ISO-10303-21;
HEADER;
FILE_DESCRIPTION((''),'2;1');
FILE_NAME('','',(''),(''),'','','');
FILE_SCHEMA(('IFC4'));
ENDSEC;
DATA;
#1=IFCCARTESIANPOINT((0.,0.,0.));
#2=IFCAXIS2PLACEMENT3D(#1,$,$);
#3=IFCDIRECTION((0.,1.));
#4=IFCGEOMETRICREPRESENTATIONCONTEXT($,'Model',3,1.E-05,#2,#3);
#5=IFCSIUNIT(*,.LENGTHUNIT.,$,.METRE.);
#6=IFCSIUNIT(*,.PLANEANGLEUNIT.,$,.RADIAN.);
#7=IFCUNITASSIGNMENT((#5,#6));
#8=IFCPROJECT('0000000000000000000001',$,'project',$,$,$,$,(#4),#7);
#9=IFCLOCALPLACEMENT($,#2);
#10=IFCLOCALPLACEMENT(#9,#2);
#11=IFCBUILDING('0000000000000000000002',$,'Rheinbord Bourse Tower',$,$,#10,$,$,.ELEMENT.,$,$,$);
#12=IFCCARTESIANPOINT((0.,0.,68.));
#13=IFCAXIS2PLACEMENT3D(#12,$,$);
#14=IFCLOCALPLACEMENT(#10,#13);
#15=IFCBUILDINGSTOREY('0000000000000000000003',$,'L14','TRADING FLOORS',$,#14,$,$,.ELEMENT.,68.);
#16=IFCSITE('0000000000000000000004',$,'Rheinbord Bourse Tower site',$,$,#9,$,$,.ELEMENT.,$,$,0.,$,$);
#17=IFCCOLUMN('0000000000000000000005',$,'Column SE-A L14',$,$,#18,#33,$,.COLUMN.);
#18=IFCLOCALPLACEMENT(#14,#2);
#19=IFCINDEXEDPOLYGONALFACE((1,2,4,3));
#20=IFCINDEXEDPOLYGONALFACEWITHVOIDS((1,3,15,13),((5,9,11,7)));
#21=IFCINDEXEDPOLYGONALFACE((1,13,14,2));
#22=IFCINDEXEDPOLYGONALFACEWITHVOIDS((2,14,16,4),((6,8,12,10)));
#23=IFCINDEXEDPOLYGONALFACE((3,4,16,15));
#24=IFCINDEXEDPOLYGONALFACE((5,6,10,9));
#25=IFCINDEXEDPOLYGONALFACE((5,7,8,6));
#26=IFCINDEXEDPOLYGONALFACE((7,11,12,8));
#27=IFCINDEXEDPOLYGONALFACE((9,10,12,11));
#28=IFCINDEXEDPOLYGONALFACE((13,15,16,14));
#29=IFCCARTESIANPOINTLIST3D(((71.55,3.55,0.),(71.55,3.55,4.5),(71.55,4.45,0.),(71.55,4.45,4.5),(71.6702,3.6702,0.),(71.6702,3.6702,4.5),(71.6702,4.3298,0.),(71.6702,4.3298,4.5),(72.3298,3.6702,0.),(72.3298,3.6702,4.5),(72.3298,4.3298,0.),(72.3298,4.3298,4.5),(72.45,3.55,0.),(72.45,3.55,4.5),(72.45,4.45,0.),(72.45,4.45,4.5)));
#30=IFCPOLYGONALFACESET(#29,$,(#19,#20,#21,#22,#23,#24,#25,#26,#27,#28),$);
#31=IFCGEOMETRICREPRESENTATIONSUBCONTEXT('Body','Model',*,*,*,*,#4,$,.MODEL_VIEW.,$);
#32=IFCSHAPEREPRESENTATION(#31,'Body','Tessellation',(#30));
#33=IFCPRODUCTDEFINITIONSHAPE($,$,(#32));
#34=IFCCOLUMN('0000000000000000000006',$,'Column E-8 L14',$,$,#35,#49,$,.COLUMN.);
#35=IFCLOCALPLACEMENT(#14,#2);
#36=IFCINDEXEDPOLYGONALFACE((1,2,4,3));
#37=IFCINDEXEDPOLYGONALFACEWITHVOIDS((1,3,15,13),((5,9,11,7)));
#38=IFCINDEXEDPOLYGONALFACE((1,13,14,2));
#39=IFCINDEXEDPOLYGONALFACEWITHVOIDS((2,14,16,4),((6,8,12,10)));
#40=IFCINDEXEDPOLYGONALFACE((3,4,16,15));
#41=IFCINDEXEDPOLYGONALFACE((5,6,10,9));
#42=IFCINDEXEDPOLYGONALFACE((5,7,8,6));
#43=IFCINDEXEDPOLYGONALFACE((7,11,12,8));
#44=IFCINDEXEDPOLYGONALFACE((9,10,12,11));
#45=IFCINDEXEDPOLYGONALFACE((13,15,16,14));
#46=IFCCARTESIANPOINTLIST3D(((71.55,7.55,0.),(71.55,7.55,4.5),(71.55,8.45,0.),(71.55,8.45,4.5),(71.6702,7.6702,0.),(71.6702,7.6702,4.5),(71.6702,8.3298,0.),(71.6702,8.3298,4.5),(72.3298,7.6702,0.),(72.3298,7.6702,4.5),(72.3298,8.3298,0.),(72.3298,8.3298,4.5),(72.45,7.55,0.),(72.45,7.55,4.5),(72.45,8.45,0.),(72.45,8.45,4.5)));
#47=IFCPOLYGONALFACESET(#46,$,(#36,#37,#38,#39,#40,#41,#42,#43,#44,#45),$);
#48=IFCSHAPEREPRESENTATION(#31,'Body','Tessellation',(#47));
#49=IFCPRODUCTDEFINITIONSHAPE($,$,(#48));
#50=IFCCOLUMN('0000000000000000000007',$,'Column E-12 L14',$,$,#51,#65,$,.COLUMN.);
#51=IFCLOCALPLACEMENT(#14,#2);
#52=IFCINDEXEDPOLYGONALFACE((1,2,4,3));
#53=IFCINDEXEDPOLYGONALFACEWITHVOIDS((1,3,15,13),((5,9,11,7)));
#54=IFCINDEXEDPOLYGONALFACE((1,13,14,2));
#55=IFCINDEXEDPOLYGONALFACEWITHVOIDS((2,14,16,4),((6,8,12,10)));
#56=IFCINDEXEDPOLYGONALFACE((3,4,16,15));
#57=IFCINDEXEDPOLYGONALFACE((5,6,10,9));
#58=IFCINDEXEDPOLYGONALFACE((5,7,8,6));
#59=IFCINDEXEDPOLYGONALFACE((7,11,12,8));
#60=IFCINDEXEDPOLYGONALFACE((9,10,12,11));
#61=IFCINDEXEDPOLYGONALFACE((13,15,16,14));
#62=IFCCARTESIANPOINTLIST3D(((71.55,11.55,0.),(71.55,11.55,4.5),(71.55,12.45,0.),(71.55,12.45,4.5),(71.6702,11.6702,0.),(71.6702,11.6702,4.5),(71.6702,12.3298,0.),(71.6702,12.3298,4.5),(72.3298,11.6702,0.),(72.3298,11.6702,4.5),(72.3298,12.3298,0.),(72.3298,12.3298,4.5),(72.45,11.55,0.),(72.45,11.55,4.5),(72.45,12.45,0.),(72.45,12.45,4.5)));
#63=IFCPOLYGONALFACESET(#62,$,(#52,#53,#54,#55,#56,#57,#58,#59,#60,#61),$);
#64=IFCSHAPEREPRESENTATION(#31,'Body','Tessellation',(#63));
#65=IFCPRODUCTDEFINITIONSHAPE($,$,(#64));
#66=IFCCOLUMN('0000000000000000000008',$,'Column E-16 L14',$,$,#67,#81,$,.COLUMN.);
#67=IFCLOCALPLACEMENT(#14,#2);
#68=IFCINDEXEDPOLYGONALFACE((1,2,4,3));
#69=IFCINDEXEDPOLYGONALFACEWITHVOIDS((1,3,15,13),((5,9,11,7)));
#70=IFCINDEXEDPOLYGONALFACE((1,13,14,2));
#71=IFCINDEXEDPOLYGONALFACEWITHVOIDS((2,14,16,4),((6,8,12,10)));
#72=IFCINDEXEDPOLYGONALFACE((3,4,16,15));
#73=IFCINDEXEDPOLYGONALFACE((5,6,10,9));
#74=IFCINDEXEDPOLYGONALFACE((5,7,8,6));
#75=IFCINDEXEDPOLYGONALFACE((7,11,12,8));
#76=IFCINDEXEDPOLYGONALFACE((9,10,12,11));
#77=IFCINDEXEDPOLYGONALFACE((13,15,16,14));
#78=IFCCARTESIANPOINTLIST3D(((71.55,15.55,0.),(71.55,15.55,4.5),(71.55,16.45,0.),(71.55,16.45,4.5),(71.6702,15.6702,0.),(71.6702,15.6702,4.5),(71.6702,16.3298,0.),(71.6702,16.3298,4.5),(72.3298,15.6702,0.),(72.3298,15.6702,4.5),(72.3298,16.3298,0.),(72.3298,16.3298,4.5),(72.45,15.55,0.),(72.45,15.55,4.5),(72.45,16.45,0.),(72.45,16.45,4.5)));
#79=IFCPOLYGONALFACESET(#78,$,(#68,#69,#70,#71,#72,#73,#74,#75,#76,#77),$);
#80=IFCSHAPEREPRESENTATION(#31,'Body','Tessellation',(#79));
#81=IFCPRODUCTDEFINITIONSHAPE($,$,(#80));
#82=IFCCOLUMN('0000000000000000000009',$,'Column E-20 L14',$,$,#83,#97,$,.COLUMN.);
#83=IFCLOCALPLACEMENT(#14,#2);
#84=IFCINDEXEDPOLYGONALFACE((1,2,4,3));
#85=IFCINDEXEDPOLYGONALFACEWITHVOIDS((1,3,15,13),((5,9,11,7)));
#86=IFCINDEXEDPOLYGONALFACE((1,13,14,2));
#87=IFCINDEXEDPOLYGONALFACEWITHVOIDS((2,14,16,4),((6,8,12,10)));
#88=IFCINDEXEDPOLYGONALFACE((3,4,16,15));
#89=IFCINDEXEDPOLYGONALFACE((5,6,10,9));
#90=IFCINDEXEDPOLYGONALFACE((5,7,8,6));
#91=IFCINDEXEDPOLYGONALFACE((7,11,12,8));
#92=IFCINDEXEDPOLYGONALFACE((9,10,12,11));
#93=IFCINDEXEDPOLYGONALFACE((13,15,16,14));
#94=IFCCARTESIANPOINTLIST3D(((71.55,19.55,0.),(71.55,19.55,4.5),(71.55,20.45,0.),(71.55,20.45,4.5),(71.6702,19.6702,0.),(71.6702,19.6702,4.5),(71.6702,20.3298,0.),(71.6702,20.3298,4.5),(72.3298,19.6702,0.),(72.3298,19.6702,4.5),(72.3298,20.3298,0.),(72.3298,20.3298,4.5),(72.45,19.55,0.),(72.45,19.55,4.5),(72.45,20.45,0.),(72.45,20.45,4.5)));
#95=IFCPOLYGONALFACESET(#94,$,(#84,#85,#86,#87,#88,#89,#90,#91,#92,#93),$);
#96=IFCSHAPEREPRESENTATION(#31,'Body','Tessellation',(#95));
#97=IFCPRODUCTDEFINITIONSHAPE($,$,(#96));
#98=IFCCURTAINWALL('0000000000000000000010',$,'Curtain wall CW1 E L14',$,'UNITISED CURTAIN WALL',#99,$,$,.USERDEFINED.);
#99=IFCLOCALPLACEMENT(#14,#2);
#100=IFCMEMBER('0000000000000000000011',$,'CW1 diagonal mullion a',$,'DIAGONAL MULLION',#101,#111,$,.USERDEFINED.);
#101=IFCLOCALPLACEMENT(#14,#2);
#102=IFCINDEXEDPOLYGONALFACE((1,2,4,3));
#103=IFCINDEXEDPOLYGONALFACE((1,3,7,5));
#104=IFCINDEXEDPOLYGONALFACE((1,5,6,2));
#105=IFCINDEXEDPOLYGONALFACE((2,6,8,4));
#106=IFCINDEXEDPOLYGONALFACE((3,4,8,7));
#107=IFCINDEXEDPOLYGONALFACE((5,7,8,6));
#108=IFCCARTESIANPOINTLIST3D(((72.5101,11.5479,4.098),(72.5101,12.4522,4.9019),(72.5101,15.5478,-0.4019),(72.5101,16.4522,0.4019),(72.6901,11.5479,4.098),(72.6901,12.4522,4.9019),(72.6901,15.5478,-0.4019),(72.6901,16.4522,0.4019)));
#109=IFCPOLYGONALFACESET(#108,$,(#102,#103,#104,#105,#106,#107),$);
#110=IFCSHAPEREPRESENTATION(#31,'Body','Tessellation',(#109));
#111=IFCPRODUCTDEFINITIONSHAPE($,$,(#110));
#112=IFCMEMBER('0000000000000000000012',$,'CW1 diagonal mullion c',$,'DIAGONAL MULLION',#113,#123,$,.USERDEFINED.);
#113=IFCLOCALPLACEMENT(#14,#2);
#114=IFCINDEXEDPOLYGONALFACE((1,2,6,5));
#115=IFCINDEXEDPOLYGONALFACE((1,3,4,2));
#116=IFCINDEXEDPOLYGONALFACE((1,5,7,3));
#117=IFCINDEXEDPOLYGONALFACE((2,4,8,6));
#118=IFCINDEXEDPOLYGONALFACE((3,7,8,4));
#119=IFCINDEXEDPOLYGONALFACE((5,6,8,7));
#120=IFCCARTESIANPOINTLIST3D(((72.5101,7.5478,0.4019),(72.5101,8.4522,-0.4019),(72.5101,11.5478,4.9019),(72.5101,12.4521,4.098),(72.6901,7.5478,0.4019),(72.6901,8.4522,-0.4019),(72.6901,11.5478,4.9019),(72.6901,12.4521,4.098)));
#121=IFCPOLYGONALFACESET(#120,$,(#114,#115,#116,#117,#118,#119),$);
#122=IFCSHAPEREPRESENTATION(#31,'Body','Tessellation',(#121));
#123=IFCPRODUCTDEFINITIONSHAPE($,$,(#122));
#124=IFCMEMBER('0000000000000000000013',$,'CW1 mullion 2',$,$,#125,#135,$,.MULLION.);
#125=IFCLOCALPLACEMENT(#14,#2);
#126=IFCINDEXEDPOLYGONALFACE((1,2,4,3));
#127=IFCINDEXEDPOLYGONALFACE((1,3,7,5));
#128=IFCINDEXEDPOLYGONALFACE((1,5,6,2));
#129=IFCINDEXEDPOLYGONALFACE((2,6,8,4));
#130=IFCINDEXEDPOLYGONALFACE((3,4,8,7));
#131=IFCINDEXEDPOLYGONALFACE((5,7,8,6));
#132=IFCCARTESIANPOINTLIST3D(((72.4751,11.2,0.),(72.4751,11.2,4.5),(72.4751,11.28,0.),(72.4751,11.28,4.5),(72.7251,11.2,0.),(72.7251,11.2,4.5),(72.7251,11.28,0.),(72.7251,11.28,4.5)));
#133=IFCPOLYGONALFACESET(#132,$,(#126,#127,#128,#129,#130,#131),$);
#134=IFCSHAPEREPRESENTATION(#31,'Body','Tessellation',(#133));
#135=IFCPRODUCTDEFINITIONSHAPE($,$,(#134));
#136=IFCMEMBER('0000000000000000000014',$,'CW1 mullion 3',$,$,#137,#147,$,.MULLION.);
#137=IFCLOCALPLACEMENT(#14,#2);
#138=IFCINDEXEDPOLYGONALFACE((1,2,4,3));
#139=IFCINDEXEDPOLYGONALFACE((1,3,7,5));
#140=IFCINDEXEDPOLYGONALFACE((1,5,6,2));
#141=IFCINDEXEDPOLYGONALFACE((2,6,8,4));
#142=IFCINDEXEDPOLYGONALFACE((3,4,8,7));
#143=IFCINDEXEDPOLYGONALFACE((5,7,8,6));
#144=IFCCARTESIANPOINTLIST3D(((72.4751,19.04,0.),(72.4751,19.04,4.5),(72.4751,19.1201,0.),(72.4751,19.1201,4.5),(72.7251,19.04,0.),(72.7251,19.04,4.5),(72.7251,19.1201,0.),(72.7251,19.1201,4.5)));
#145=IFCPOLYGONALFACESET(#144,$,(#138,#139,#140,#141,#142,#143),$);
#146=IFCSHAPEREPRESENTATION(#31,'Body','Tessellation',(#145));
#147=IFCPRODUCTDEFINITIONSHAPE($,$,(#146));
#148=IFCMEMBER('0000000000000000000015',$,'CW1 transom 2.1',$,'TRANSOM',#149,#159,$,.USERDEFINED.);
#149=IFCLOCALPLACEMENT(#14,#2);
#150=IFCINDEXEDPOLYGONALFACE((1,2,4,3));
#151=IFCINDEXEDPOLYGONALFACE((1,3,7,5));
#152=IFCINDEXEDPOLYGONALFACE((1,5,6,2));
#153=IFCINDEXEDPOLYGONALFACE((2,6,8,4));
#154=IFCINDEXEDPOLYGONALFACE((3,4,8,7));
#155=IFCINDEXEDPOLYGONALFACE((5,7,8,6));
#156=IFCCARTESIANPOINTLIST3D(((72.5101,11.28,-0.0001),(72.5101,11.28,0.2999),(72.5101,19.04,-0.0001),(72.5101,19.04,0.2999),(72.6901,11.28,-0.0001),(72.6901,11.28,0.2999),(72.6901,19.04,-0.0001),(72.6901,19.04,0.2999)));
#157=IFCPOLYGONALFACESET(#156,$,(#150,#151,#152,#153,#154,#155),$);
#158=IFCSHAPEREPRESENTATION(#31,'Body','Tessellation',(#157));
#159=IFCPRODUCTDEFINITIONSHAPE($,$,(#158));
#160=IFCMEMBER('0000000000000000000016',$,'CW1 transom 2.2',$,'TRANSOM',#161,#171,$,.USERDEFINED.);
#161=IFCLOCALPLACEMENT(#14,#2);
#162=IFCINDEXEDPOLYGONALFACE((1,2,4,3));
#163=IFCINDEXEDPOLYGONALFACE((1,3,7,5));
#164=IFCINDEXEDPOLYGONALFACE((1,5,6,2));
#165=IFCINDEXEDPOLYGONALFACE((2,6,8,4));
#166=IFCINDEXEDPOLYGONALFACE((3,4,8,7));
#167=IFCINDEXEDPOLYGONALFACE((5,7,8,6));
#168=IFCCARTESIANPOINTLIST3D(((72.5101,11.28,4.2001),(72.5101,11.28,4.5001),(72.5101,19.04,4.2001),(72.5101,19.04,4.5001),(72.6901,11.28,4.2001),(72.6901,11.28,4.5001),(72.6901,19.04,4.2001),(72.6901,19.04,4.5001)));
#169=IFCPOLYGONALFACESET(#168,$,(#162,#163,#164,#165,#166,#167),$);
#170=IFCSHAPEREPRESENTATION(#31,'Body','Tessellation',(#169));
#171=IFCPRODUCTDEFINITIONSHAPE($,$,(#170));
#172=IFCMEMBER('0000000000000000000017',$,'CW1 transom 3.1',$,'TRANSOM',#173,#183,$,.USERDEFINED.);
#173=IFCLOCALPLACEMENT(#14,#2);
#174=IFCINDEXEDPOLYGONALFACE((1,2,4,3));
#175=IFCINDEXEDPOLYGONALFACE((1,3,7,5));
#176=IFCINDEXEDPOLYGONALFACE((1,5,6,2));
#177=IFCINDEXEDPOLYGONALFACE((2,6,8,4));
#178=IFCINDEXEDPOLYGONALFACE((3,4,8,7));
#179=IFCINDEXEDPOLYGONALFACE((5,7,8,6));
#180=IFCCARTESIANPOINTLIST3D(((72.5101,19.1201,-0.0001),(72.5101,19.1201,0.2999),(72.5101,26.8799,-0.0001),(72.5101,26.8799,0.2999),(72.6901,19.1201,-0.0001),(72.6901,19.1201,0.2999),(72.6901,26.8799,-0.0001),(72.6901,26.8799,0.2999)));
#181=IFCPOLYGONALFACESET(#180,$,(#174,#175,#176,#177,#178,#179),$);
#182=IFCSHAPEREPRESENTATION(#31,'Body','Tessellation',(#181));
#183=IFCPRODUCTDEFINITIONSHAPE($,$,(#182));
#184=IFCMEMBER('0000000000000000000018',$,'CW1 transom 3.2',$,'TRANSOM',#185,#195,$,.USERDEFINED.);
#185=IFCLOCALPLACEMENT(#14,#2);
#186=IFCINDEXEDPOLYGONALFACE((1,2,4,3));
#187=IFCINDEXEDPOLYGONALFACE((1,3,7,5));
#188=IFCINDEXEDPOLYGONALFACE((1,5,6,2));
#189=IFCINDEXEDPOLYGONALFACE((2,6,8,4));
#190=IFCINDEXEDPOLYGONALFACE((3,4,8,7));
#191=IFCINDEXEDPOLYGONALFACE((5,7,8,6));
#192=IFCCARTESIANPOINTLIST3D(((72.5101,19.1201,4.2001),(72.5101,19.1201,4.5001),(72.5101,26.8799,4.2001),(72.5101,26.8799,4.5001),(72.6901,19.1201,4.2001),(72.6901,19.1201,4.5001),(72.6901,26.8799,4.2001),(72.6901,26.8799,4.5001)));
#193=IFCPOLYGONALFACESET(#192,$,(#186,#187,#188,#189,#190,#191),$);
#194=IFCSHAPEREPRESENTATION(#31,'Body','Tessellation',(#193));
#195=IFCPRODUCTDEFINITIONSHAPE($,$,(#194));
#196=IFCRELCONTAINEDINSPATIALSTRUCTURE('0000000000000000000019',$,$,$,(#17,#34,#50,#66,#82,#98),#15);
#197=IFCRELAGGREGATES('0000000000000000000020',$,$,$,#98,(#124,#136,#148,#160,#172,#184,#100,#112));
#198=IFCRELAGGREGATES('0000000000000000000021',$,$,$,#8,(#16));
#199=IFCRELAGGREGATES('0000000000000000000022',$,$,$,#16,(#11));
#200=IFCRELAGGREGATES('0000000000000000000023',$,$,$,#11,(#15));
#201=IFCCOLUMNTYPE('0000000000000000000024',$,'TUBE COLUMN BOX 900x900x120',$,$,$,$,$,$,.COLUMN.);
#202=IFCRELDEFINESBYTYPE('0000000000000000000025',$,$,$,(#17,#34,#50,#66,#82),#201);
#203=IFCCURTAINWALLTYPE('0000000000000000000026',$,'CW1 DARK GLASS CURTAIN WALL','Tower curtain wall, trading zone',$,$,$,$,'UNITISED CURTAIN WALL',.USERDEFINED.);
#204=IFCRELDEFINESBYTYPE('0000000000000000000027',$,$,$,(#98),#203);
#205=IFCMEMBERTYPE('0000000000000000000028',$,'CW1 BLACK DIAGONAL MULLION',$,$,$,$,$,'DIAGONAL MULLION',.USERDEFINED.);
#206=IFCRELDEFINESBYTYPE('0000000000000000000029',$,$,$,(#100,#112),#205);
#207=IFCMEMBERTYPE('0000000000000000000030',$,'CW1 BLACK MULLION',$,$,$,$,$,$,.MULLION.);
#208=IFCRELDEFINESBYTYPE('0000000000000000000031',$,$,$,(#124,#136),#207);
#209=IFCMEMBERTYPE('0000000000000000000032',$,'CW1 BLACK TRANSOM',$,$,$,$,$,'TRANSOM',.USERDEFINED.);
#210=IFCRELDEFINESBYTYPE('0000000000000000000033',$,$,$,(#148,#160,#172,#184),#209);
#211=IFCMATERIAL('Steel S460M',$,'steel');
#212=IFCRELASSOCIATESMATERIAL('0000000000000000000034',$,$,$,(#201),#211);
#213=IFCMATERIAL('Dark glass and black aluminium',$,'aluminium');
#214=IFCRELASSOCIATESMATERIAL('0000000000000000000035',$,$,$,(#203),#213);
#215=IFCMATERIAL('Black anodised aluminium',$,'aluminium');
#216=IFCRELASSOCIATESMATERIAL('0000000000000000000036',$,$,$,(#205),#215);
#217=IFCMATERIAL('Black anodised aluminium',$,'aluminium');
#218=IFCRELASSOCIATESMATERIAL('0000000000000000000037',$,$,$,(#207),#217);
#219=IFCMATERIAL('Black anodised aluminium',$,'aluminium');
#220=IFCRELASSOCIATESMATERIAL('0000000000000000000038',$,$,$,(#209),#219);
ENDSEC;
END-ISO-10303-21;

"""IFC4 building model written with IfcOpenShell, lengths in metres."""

from ifc_helpers import new_model, si_unit, direction, frame, origin, origin_2d, place, context, subcontext, project, spatial, rectangle, hollow_rectangle, extrude, material, material_profile, profile_set, type_object, element, aggregate, save


model = new_model("IFC4")

# Units and contexts
model_context = context("Model", 3, precision=1e-05, world=origin(), true_north=direction((0.0, 1.0)))
body_context = subcontext(model_context, "Body", "Model", "MODEL_VIEW")
ifc_project = project(units=[si_unit("LENGTHUNIT", "METRE"), si_unit("PLANEANGLEUNIT", "RADIAN")], contexts=[model_context])

# Site, building, storey
site_placement = place(None, origin())
site = spatial("IfcSite", under=ifc_project, at=site_placement, Name="Rheinbord Bourse Tower site", CompositionType="ELEMENT", RefElevation=0.0)
building_placement = place(site_placement, origin())
building = spatial("IfcBuilding", under=site, at=building_placement, Name="Rheinbord Bourse Tower", CompositionType="ELEMENT")
storey_placement = place(building_placement, frame((0.0, 0.0, 68.0)))
storey = spatial("IfcBuildingStorey", under=building, at=storey_placement, Name="L14", Description="TRADING FLOORS", CompositionType="ELEMENT", Elevation=68.0)

# Columns
ifc_material_1 = material(Name="Steel S460M", Category="steel")
ifc_material_profile_1 = material_profile(ifc_material_1, hollow_rectangle(XDim=0.8999, YDim=0.8999, WallThickness=0.1201, at=origin_2d()), Name="BOX 900x900x120")
ifc_profile_set_1 = profile_set([ifc_material_profile_1], Name="Steel S460M")
column_type = type_object("IfcColumnType", Name="TUBE COLUMN BOX 900x900x120", PredefinedType="COLUMN", material=ifc_profile_set_1)
for number, where, z_axis, x_axis, name in (
    (1, (72.0, 4.0, 0.0), (0.0, 0.0, 1.0), (1.0, 0.0, 0.0), "Column SE-A L14"),
    (2, (72.0, 8.0, 0.0), (0.0, 0.0, 1.0), (1.0, 0.0, 0.0), "Column E-8 L14"),
    (3, (72.0, 12.0, 0.0), (0.0, 0.0, 1.0), (1.0, 0.0, 0.0), "Column E-12 L14"),
    (4, (72.0, 16.0, 0.0), (0.0, 0.0, 1.0), (1.0, 0.0, 0.0), "Column E-16 L14"),
    (5, (72.0, 20.0, 0.0), (0.0, 0.0, 1.0), (1.0, 0.0, 0.0), "Column E-20 L14"),
):
    element("IfcColumn", number, at=place(storey_placement, frame(where, z_axis=z_axis, x_axis=x_axis)), inside=storey, type_object=column_type, Name=name, PredefinedType="COLUMN", context=body_context, shape_type="SweptSolid", body=[
        extrude(hollow_rectangle(XDim=0.8999, YDim=0.8999, WallThickness=0.1201, at=origin_2d()), origin(), (0.0, 0.0, 1.0), 4.5),
    ])

# Curtain wall, members
ifc_material_2 = material(Name="Dark glass and black aluminium", Category="aluminium")
curtain_wall_type = type_object("IfcCurtainWallType", Name="CW1 DARK GLASS CURTAIN WALL", Description="Tower curtain wall, trading zone", ElementType="UNITISED CURTAIN WALL", PredefinedType="USERDEFINED", material=ifc_material_2)
curtain_wall_placement = place(storey_placement, origin())
curtain_wall = element("IfcCurtainWall", 6, at=curtain_wall_placement, inside=storey, type_object=curtain_wall_type, Name="Curtain wall CW1 E L14", ObjectType="UNITISED CURTAIN WALL", PredefinedType="USERDEFINED")
ifc_material_3 = material(Name="Black anodised aluminium", Category="aluminium")
ifc_material_profile_2 = material_profile(ifc_material_3, rectangle(XDim=0.1799, YDim=1.21, at=origin_2d()), Name="CW1 DIAGONAL MULLION 1210x180")
ifc_profile_set_2 = profile_set([ifc_material_profile_2], Name="Black anodised aluminium")
member_type_1 = type_object("IfcMemberType", Name="CW1 BLACK DIAGONAL MULLION", ElementType="DIAGONAL MULLION", PredefinedType="USERDEFINED", material=ifc_profile_set_2)
member_1_placement = place(storey_placement, frame((72.6001, 16.0, 0.0), z_axis=(0.0, -0.664364, 0.747409), x_axis=(1.0, 0.0, 0.0)))
member_1 = element("IfcMember", 7, at=member_1_placement, type_object=member_type_1, Name="CW1 diagonal mullion a", ObjectType="DIAGONAL MULLION", PredefinedType="USERDEFINED", context=body_context, shape_type="SweptSolid", body=[
    extrude(rectangle(XDim=0.1799, YDim=1.21, at=origin_2d()), origin(), (0.0, 0.0, 1.0), 6.0208),
])
member_2_placement = place(storey_placement, frame((72.6001, 8.0, 0.0), z_axis=(0.0, 0.664364, 0.747409), x_axis=(-1.0, 0.0, 0.0)))
member_2 = element("IfcMember", 8, at=member_2_placement, type_object=member_type_1, Name="CW1 diagonal mullion c", ObjectType="DIAGONAL MULLION", PredefinedType="USERDEFINED", context=body_context, shape_type="SweptSolid", body=[
    extrude(rectangle(XDim=0.1799, YDim=1.21, at=origin_2d()), origin(), (0.0, 0.0, 1.0), 6.0208),
])
ifc_material_4 = material(Name="Black anodised aluminium", Category="aluminium")
ifc_material_profile_3 = material_profile(ifc_material_4, rectangle(XDim=0.25, YDim=0.0801, at=origin_2d()), Name="CW1 MULLION 80x250")
ifc_profile_set_3 = profile_set([ifc_material_profile_3], Name="Black anodised aluminium")
member_type_2 = type_object("IfcMemberType", Name="CW1 BLACK MULLION", PredefinedType="MULLION", material=ifc_profile_set_3)
member_3_placement = place(storey_placement, frame((72.6001, 11.24, 0.0), z_axis=(0.0, 0.0, 1.0), x_axis=(-1.0, 0.0, 0.0)))
member_3 = element("IfcMember", 9, at=member_3_placement, type_object=member_type_2, Name="CW1 mullion 2", PredefinedType="MULLION", context=body_context, shape_type="SweptSolid", body=[
    extrude(rectangle(XDim=0.25, YDim=0.0801, at=origin_2d()), origin(), (0.0, 0.0, 1.0), 4.5),
])
member_4_placement = place(storey_placement, frame((72.6001, 19.0801, 0.0), z_axis=(0.0, 0.0, 1.0), x_axis=(-1.0, 0.0, 0.0)))
member_4 = element("IfcMember", 10, at=member_4_placement, type_object=member_type_2, Name="CW1 mullion 3", PredefinedType="MULLION", context=body_context, shape_type="SweptSolid", body=[
    extrude(rectangle(XDim=0.25, YDim=0.0801, at=origin_2d()), origin(), (0.0, 0.0, 1.0), 4.5),
])
ifc_material_5 = material(Name="Black anodised aluminium", Category="aluminium")
ifc_material_profile_4 = material_profile(ifc_material_5, rectangle(XDim=0.1799, YDim=0.3, at=origin_2d()), Name="CW1 TRANSOM 300x180")
ifc_profile_set_4 = profile_set([ifc_material_profile_4], Name="Black anodised aluminium")
member_type_3 = type_object("IfcMemberType", Name="CW1 BLACK TRANSOM", ElementType="TRANSOM", PredefinedType="USERDEFINED", material=ifc_profile_set_4)
member_5_placement = place(storey_placement, frame((72.6001, 11.28, 0.1499), z_axis=(0.0, 1.0, 0.0), x_axis=(-1.0, 0.0, 0.0)))
member_5 = element("IfcMember", 11, at=member_5_placement, type_object=member_type_3, Name="CW1 transom 2.1", ObjectType="TRANSOM", PredefinedType="USERDEFINED", context=body_context, shape_type="SweptSolid", body=[
    extrude(rectangle(XDim=0.1799, YDim=0.3, at=origin_2d()), origin(), (0.0, 0.0, 1.0), 7.76),
])
member_6_placement = place(storey_placement, frame((72.6001, 11.28, 4.3501), z_axis=(0.0, 1.0, 0.0), x_axis=(-1.0, 0.0, 0.0)))
member_6 = element("IfcMember", 12, at=member_6_placement, type_object=member_type_3, Name="CW1 transom 2.2", ObjectType="TRANSOM", PredefinedType="USERDEFINED", context=body_context, shape_type="SweptSolid", body=[
    extrude(rectangle(XDim=0.1799, YDim=0.3, at=origin_2d()), origin(), (0.0, 0.0, 1.0), 7.76),
])
member_7_placement = place(storey_placement, frame((72.6001, 19.1201, 0.1499), z_axis=(0.0, 1.0, 0.0), x_axis=(-1.0, 0.0, 0.0)))
member_7 = element("IfcMember", 13, at=member_7_placement, type_object=member_type_3, Name="CW1 transom 3.1", ObjectType="TRANSOM", PredefinedType="USERDEFINED", context=body_context, shape_type="SweptSolid", body=[
    extrude(rectangle(XDim=0.1799, YDim=0.3, at=origin_2d()), origin(), (0.0, 0.0, 1.0), 7.7598),
])
member_8_placement = place(storey_placement, frame((72.6001, 19.1201, 4.3501), z_axis=(0.0, 1.0, 0.0), x_axis=(-1.0, 0.0, 0.0)))
member_8 = element("IfcMember", 14, at=member_8_placement, type_object=member_type_3, Name="CW1 transom 3.2", ObjectType="TRANSOM", PredefinedType="USERDEFINED", context=body_context, shape_type="SweptSolid", body=[
    extrude(rectangle(XDim=0.1799, YDim=0.3, at=origin_2d()), origin(), (0.0, 0.0, 1.0), 7.7598),
])

aggregate(curtain_wall, [member_3, member_4, member_5, member_6, member_7, member_8, member_1, member_2])

save(model, "model.ifc")
